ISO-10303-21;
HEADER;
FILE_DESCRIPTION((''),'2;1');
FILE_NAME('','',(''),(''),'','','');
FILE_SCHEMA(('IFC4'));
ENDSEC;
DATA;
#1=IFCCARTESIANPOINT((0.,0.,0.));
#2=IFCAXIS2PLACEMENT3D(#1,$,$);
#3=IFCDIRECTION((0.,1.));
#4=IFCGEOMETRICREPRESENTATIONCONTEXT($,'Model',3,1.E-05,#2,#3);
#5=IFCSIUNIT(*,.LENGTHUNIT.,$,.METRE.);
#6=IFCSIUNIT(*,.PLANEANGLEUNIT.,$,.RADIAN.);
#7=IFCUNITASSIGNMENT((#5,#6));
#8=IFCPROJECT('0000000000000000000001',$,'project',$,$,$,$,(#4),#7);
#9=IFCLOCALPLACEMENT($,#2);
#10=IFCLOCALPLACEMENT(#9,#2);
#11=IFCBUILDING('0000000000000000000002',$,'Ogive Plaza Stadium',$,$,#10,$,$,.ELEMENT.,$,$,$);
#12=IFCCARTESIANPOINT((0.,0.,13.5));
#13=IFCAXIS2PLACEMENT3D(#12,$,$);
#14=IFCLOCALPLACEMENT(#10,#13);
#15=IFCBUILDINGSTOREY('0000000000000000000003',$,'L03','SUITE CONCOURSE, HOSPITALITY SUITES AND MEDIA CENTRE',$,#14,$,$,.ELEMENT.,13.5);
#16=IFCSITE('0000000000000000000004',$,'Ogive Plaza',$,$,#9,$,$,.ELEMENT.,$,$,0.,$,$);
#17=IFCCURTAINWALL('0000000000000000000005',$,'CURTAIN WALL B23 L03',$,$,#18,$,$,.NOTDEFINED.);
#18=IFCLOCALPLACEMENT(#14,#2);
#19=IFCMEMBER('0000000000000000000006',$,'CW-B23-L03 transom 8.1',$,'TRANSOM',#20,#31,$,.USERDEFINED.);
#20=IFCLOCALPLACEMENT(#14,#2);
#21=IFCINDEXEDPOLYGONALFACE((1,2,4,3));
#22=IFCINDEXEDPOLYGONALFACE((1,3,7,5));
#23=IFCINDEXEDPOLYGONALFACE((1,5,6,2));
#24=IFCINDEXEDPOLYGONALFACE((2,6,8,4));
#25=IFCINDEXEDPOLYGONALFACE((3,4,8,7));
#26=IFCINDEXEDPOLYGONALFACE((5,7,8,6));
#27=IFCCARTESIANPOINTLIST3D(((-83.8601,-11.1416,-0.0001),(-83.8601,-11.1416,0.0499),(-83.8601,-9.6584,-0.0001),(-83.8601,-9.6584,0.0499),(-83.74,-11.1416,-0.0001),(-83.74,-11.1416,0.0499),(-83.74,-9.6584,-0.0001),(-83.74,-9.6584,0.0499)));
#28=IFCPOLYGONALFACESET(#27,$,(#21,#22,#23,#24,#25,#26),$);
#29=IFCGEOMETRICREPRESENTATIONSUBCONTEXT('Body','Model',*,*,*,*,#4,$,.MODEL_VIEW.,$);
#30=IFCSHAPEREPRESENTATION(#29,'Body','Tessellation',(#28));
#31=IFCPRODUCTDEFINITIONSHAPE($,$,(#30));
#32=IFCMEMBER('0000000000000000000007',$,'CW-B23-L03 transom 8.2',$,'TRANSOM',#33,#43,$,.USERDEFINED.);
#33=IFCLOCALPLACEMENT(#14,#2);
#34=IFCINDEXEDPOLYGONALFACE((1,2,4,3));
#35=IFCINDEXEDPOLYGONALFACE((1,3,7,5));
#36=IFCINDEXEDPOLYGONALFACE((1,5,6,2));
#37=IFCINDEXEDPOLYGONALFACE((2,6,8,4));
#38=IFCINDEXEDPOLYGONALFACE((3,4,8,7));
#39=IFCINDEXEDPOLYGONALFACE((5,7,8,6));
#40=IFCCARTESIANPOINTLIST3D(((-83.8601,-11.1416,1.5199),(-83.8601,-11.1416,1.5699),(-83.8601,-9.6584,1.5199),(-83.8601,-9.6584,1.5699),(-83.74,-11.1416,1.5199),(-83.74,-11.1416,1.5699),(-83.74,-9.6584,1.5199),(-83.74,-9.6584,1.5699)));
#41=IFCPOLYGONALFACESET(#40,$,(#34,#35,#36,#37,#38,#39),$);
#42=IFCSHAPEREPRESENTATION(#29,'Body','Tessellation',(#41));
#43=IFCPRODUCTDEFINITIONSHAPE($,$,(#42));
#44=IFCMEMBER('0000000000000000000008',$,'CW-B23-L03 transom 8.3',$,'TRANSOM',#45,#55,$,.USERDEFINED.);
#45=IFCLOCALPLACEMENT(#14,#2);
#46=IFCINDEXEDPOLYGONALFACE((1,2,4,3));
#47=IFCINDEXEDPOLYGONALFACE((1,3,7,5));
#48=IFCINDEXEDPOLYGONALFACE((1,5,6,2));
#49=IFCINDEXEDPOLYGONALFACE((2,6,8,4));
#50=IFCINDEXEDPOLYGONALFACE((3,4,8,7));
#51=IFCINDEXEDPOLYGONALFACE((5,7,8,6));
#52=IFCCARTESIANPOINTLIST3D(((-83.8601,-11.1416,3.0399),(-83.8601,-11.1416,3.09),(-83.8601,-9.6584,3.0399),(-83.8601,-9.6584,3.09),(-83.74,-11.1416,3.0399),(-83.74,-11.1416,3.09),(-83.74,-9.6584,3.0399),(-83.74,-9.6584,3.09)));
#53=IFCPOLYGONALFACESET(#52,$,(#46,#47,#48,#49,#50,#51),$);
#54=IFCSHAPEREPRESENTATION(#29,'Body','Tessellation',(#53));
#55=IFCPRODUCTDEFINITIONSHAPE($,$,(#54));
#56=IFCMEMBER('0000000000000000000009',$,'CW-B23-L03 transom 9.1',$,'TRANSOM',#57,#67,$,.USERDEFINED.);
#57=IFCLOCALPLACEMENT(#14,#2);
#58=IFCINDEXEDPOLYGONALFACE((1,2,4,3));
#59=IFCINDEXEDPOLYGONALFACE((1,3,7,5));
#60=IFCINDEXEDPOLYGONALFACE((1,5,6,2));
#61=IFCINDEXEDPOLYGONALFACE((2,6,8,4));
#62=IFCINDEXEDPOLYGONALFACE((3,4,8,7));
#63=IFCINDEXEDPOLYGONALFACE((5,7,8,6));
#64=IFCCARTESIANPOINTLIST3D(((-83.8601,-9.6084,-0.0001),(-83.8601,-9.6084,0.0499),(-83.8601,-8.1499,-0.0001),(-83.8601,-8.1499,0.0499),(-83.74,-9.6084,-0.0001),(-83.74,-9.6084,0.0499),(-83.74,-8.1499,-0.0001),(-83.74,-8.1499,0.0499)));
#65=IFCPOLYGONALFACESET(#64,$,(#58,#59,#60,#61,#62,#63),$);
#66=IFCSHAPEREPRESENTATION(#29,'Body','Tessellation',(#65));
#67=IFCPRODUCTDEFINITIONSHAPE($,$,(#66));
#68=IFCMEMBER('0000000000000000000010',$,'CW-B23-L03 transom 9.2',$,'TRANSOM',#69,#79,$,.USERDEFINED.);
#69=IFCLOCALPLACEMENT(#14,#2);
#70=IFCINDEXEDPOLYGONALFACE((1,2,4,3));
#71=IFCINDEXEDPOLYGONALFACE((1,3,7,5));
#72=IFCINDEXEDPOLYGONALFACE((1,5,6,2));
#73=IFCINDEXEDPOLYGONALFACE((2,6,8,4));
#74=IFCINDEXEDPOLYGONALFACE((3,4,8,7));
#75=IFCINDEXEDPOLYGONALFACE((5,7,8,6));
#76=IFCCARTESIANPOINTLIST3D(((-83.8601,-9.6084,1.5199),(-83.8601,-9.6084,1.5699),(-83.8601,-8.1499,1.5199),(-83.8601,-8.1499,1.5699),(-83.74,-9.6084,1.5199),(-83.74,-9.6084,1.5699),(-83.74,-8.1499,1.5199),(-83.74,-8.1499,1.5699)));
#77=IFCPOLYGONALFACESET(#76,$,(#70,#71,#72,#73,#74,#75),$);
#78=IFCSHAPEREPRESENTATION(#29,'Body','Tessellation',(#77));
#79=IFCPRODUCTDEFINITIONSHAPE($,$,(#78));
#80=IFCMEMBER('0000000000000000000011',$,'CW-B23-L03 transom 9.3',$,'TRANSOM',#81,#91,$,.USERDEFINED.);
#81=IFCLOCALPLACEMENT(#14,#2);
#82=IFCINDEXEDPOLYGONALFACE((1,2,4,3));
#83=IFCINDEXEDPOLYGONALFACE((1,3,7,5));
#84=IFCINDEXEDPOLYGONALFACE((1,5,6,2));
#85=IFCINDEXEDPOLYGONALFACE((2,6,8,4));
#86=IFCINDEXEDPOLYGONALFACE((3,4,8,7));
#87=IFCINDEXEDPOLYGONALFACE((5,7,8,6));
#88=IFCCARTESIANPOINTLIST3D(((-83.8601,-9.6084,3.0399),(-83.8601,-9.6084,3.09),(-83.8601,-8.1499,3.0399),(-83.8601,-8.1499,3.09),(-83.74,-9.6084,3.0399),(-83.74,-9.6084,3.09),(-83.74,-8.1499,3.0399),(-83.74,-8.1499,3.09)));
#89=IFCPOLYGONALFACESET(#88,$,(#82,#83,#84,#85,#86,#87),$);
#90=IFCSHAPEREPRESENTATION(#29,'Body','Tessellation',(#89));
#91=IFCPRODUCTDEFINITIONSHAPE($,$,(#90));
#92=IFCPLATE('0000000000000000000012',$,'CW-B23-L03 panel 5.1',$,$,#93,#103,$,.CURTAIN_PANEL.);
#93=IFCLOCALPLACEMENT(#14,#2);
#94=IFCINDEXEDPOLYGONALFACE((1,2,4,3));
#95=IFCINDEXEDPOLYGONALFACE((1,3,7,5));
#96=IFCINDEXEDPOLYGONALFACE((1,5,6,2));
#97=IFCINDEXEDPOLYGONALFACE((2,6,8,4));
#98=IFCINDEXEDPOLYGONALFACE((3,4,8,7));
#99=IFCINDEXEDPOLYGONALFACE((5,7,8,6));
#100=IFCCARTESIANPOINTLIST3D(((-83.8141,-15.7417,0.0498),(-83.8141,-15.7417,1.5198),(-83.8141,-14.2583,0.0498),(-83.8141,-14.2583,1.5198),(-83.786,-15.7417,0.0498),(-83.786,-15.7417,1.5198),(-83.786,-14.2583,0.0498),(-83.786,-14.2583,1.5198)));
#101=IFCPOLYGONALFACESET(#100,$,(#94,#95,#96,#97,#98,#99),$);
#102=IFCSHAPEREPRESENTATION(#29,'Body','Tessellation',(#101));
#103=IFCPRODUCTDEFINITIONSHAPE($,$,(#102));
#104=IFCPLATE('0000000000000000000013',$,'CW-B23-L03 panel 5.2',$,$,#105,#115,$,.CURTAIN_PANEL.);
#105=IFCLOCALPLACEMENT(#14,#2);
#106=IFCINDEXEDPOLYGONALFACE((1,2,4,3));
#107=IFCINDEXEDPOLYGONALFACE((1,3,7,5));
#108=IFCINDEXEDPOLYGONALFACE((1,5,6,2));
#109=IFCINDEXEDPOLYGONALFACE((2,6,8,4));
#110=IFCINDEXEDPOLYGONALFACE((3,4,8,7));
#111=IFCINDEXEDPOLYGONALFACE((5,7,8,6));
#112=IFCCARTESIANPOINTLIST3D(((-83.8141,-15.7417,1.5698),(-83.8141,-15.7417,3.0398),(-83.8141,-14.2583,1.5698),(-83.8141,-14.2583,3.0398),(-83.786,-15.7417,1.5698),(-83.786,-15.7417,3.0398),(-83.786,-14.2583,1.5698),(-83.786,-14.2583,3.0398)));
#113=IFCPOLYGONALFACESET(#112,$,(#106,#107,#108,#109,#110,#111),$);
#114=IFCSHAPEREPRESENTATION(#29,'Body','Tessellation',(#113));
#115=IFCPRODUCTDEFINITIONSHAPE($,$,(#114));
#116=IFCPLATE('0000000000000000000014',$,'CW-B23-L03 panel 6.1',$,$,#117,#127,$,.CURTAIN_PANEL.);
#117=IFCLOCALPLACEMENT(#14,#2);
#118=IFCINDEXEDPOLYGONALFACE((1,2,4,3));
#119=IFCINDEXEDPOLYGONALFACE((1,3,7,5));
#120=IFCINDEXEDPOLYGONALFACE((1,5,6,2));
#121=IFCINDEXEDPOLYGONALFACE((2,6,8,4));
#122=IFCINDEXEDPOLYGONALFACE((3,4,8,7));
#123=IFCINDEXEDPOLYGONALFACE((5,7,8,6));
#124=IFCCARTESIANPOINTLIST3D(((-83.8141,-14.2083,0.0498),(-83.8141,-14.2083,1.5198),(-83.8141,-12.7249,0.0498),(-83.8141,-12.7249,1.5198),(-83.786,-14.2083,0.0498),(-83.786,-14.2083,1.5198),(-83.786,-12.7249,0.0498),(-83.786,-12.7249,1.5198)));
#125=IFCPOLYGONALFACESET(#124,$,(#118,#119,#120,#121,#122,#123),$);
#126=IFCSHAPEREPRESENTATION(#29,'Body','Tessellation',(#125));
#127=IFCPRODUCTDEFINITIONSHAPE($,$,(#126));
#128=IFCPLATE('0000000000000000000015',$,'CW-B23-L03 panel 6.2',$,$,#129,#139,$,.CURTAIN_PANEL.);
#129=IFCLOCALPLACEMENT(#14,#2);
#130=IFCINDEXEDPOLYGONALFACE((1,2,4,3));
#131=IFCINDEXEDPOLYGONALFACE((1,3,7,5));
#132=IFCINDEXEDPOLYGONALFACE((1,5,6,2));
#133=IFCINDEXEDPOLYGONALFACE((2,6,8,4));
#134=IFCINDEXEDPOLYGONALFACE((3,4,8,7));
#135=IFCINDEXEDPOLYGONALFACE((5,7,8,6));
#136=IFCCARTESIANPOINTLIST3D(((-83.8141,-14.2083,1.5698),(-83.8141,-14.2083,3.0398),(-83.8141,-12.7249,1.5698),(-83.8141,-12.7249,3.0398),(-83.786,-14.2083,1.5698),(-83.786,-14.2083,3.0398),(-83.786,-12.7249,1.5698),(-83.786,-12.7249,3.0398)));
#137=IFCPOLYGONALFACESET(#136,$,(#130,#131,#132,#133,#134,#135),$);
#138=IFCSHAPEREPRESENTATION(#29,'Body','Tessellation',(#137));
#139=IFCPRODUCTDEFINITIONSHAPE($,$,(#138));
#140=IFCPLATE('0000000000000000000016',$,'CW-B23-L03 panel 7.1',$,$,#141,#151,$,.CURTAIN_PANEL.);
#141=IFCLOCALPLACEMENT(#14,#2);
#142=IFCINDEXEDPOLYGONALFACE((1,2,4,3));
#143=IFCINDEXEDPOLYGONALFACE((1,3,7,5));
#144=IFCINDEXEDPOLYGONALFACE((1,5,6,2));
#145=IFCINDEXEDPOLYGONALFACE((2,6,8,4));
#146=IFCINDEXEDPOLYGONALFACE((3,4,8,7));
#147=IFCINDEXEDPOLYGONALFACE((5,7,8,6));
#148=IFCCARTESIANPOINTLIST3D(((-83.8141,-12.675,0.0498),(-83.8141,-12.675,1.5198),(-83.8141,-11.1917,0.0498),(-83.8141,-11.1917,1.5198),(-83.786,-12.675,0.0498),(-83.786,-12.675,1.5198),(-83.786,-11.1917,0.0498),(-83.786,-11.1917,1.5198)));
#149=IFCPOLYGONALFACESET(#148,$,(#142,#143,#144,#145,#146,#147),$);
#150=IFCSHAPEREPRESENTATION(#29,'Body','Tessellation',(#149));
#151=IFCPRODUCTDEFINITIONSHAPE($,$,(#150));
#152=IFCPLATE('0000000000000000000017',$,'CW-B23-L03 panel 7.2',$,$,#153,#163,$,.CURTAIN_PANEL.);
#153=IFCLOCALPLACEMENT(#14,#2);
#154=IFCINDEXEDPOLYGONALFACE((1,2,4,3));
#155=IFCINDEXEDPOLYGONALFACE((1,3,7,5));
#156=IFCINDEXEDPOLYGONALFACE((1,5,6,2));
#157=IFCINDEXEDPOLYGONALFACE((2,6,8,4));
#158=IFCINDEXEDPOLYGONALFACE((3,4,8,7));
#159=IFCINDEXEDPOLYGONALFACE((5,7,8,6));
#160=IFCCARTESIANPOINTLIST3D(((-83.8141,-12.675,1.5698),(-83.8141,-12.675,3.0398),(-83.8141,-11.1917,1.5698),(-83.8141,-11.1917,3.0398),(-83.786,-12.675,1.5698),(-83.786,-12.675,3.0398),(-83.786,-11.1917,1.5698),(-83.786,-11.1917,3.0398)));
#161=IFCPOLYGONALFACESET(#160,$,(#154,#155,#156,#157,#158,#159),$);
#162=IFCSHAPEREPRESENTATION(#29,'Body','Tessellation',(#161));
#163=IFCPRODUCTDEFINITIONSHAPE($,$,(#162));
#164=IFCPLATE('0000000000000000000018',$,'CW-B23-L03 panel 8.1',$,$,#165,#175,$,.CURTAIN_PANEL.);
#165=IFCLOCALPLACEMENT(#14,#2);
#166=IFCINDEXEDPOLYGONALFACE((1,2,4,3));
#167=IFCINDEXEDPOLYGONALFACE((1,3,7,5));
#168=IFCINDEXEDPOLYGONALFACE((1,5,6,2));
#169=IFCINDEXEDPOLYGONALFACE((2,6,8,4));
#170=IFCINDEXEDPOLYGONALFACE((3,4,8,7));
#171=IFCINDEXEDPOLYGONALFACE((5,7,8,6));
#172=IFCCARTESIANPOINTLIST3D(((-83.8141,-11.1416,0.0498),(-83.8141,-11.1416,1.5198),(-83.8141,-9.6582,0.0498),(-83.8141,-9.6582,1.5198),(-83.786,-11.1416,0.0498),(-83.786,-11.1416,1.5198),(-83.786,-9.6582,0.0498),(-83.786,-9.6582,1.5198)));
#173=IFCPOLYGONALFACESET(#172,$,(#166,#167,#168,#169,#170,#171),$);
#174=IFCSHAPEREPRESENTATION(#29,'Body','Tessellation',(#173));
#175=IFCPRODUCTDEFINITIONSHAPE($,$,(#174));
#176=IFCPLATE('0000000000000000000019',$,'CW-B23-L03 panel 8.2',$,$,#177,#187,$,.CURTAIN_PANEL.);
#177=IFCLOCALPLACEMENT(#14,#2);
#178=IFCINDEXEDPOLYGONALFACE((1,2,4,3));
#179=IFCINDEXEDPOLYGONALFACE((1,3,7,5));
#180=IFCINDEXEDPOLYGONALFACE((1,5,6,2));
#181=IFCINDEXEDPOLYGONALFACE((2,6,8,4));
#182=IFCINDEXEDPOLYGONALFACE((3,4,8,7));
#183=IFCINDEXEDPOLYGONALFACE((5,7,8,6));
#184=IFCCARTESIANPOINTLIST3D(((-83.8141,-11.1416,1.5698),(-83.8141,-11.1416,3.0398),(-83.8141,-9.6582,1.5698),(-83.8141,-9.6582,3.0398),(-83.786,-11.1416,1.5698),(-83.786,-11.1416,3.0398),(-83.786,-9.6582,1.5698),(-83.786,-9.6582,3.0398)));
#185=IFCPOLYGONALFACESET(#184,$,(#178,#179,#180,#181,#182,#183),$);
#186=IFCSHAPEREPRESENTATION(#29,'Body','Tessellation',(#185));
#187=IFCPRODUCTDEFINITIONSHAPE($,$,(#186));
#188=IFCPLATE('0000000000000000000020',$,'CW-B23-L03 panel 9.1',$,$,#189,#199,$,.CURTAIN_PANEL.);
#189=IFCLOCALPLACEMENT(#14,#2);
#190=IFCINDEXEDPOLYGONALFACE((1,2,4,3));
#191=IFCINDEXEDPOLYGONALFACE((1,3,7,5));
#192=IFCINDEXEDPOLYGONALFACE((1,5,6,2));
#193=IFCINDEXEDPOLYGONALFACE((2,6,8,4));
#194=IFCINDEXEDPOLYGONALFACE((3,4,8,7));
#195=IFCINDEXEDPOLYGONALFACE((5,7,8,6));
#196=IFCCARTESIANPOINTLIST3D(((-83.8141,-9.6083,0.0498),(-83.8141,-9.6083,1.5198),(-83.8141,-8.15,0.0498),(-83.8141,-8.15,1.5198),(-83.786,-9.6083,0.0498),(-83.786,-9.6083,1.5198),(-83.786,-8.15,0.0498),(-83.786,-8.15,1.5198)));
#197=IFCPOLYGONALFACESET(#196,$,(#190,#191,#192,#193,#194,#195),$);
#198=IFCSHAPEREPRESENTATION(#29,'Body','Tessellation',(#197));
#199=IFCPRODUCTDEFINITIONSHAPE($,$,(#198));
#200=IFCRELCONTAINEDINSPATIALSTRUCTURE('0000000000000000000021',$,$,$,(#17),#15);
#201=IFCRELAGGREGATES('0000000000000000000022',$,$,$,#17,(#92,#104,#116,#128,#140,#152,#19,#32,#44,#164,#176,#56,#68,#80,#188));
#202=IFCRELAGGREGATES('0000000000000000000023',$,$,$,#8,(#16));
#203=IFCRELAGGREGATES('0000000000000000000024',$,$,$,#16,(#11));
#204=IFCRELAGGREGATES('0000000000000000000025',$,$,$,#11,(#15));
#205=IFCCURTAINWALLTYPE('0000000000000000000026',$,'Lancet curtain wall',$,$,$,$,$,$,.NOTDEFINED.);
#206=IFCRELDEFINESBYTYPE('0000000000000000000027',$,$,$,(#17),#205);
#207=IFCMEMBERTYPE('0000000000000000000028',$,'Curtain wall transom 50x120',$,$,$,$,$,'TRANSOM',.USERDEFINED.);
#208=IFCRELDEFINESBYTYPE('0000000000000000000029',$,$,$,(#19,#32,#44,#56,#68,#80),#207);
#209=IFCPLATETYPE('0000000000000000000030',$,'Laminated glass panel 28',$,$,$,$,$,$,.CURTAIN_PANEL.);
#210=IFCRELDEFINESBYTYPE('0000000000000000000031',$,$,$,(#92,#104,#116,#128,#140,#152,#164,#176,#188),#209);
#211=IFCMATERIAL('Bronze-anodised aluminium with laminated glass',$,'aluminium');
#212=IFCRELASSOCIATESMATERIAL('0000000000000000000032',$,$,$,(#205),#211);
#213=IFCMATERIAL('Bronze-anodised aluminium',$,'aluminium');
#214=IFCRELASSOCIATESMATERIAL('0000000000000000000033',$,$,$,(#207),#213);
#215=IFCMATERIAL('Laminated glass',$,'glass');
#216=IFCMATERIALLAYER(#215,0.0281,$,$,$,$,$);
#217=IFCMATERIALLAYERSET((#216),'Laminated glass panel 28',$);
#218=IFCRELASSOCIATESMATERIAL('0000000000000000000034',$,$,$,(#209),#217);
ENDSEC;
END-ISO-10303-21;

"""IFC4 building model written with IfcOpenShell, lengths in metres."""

from ifc_helpers import new_model, si_unit, direction, frame, origin, origin_2d, place, context, subcontext, project, spatial, rectangle, extrude, material, layer, layer_set, material_profile, profile_set, type_object, element, aggregate, save


model = new_model("IFC4")

# Units and contexts
model_context = context("Model", 3, precision=1e-05, world=origin(), true_north=direction((0.0, 1.0)))
body_context = subcontext(model_context, "Body", "Model", "MODEL_VIEW")
ifc_project = project(units=[si_unit("LENGTHUNIT", "METRE"), si_unit("PLANEANGLEUNIT", "RADIAN")], contexts=[model_context])

# Site, building, storey
site_placement = place(None, origin())
site = spatial("IfcSite", under=ifc_project, at=site_placement, Name="Ogive Plaza", CompositionType="ELEMENT", RefElevation=0.0)
building_placement = place(site_placement, origin())
building = spatial("IfcBuilding", under=site, at=building_placement, Name="Ogive Plaza Stadium", CompositionType="ELEMENT")
storey_placement = place(building_placement, frame((0.0, 0.0, 13.5)))
storey = spatial("IfcBuildingStorey", under=building, at=storey_placement, Name="L03", Description="SUITE CONCOURSE, HOSPITALITY SUITES AND MEDIA CENTRE", CompositionType="ELEMENT", Elevation=13.5)

# Curtain wall, members, plates
ifc_material_1 = material(Name="Bronze-anodised aluminium with laminated glass", Category="aluminium")
curtain_wall_type = type_object("IfcCurtainWallType", Name="Lancet curtain wall", PredefinedType="NOTDEFINED", material=ifc_material_1)
curtain_wall_placement = place(storey_placement, origin())
curtain_wall = element("IfcCurtainWall", 1, at=curtain_wall_placement, inside=storey, type_object=curtain_wall_type, Name="CURTAIN WALL B23 L03", PredefinedType="NOTDEFINED")
ifc_material_2 = material(Name="Bronze-anodised aluminium", Category="aluminium")
ifc_material_profile_1 = material_profile(ifc_material_2, rectangle(XDim=0.1201, YDim=0.05, at=origin_2d()), Name="AL 120x50")
ifc_profile_set_1 = profile_set([ifc_material_profile_1], Name="Bronze-anodised aluminium")
member_type_1 = type_object("IfcMemberType", Name="Curtain wall transom 50x120", ElementType="TRANSOM", PredefinedType="USERDEFINED", material=ifc_profile_set_1)
member_1_placement = place(storey_placement, frame((-83.8, -11.1416, 0.0249), z_axis=(0.0, 1.0, 0.0), x_axis=(-1.0, 0.0, 0.0)))
member_1 = element("IfcMember", 2, at=member_1_placement, type_object=member_type_1, Name="CW-B23-L03 transom 8.1", ObjectType="TRANSOM", PredefinedType="USERDEFINED", context=body_context, shape_type="SweptSolid", body=[
    extrude(rectangle(XDim=0.1201, YDim=0.05, at=origin_2d()), origin(), (0.0, 0.0, 1.0), 1.4832),
])
member_2_placement = place(storey_placement, frame((-83.8, -11.1416, 1.5449), z_axis=(0.0, 1.0, 0.0), x_axis=(-1.0, 0.0, 0.0)))
member_2 = element("IfcMember", 3, at=member_2_placement, type_object=member_type_1, Name="CW-B23-L03 transom 8.2", ObjectType="TRANSOM", PredefinedType="USERDEFINED", context=body_context, shape_type="SweptSolid", body=[
    extrude(rectangle(XDim=0.1201, YDim=0.05, at=origin_2d()), origin(), (0.0, 0.0, 1.0), 1.4832),
])
member_3_placement = place(storey_placement, frame((-83.8, -11.1416, 3.0649), z_axis=(0.0, 1.0, 0.0), x_axis=(-1.0, 0.0, 0.0)))
member_3 = element("IfcMember", 4, at=member_3_placement, type_object=member_type_1, Name="CW-B23-L03 transom 8.3", ObjectType="TRANSOM", PredefinedType="USERDEFINED", context=body_context, shape_type="SweptSolid", body=[
    extrude(rectangle(XDim=0.1201, YDim=0.05, at=origin_2d()), origin(), (0.0, 0.0, 1.0), 1.4832),
])
member_4_placement = place(storey_placement, frame((-83.8, -9.6084, 0.0249), z_axis=(0.0, 1.0, 0.0), x_axis=(-1.0, 0.0, 0.0)))
member_4 = element("IfcMember", 5, at=member_4_placement, type_object=member_type_1, Name="CW-B23-L03 transom 9.1", ObjectType="TRANSOM", PredefinedType="USERDEFINED", context=body_context, shape_type="SweptSolid", body=[
    extrude(rectangle(XDim=0.1201, YDim=0.05, at=origin_2d()), origin(), (0.0, 0.0, 1.0), 1.4585),
])
member_5_placement = place(storey_placement, frame((-83.8, -9.6084, 1.5449), z_axis=(0.0, 1.0, 0.0), x_axis=(-1.0, 0.0, 0.0)))
member_5 = element("IfcMember", 6, at=member_5_placement, type_object=member_type_1, Name="CW-B23-L03 transom 9.2", ObjectType="TRANSOM", PredefinedType="USERDEFINED", context=body_context, shape_type="SweptSolid", body=[
    extrude(rectangle(XDim=0.1201, YDim=0.05, at=origin_2d()), origin(), (0.0, 0.0, 1.0), 1.4585),
])
member_6_placement = place(storey_placement, frame((-83.8, -9.6084, 3.0649), z_axis=(0.0, 1.0, 0.0), x_axis=(-1.0, 0.0, 0.0)))
member_6 = element("IfcMember", 7, at=member_6_placement, type_object=member_type_1, Name="CW-B23-L03 transom 9.3", ObjectType="TRANSOM", PredefinedType="USERDEFINED", context=body_context, shape_type="SweptSolid", body=[
    extrude(rectangle(XDim=0.1201, YDim=0.05, at=origin_2d()), origin(), (0.0, 0.0, 1.0), 1.4585),
])
ifc_material_3 = material(Name="Laminated glass", Category="glass")
ifc_layer_1 = layer(ifc_material_3, 0.0281)
ifc_layer_set_1 = layer_set([ifc_layer_1], Name="Laminated glass panel 28")
plate_type = type_object("IfcPlateType", Name="Laminated glass panel 28", PredefinedType="CURTAIN_PANEL", material=ifc_layer_set_1)
plate_1_placement = place(storey_placement, frame((-83.8, -15.0, 0.0498), z_axis=(0.0, 0.0, 1.0), x_axis=(0.0, 1.0, 0.0)))
plate_1 = element("IfcPlate", 8, at=plate_1_placement, type_object=plate_type, Name="CW-B23-L03 panel 5.1", PredefinedType="CURTAIN_PANEL", context=body_context, shape_type="SweptSolid", body=[
    extrude(rectangle(XDim=1.4834, YDim=0.0281, at=origin_2d()), origin(), (0.0, 0.0, 1.0), 1.47),
])
plate_2_placement = place(storey_placement, frame((-83.8, -15.0, 1.5698), z_axis=(0.0, 0.0, 1.0), x_axis=(0.0, 1.0, 0.0)))
plate_2 = element("IfcPlate", 9, at=plate_2_placement, type_object=plate_type, Name="CW-B23-L03 panel 5.2", PredefinedType="CURTAIN_PANEL", context=body_context, shape_type="SweptSolid", body=[
    extrude(rectangle(XDim=1.4834, YDim=0.0281, at=origin_2d()), origin(), (0.0, 0.0, 1.0), 1.47),
])
plate_3_placement = place(storey_placement, frame((-83.8, -13.4666, 0.0498), z_axis=(0.0, 0.0, 1.0), x_axis=(0.0, 1.0, 0.0)))
plate_3 = element("IfcPlate", 10, at=plate_3_placement, type_object=plate_type, Name="CW-B23-L03 panel 6.1", PredefinedType="CURTAIN_PANEL", context=body_context, shape_type="SweptSolid", body=[
    extrude(rectangle(XDim=1.4834, YDim=0.0281, at=origin_2d()), origin(), (0.0, 0.0, 1.0), 1.47),
])
plate_4_placement = place(storey_placement, frame((-83.8, -13.4666, 1.5698), z_axis=(0.0, 0.0, 1.0), x_axis=(0.0, 1.0, 0.0)))
plate_4 = element("IfcPlate", 11, at=plate_4_placement, type_object=plate_type, Name="CW-B23-L03 panel 6.2", PredefinedType="CURTAIN_PANEL", context=body_context, shape_type="SweptSolid", body=[
    extrude(rectangle(XDim=1.4834, YDim=0.0281, at=origin_2d()), origin(), (0.0, 0.0, 1.0), 1.47),
])
plate_5_placement = place(storey_placement, frame((-83.8, -11.9333, 0.0498), z_axis=(0.0, 0.0, 1.0), x_axis=(0.0, 1.0, 0.0)))
plate_5 = element("IfcPlate", 12, at=plate_5_placement, type_object=plate_type, Name="CW-B23-L03 panel 7.1", PredefinedType="CURTAIN_PANEL", context=body_context, shape_type="SweptSolid", body=[
    extrude(rectangle(XDim=1.4834, YDim=0.0281, at=origin_2d()), origin(), (0.0, 0.0, 1.0), 1.47),
])
plate_6_placement = place(storey_placement, frame((-83.8, -11.9333, 1.5698), z_axis=(0.0, 0.0, 1.0), x_axis=(0.0, 1.0, 0.0)))
plate_6 = element("IfcPlate", 13, at=plate_6_placement, type_object=plate_type, Name="CW-B23-L03 panel 7.2", PredefinedType="CURTAIN_PANEL", context=body_context, shape_type="SweptSolid", body=[
    extrude(rectangle(XDim=1.4834, YDim=0.0281, at=origin_2d()), origin(), (0.0, 0.0, 1.0), 1.47),
])
plate_7_placement = place(storey_placement, frame((-83.8, -10.3999, 0.0498), z_axis=(0.0, 0.0, 1.0), x_axis=(0.0, 1.0, 0.0)))
plate_7 = element("IfcPlate", 14, at=plate_7_placement, type_object=plate_type, Name="CW-B23-L03 panel 8.1", PredefinedType="CURTAIN_PANEL", context=body_context, shape_type="SweptSolid", body=[
    extrude(rectangle(XDim=1.4834, YDim=0.0281, at=origin_2d()), origin(), (0.0, 0.0, 1.0), 1.47),
])
plate_8_placement = place(storey_placement, frame((-83.8, -10.3999, 1.5698), z_axis=(0.0, 0.0, 1.0), x_axis=(0.0, 1.0, 0.0)))
plate_8 = element("IfcPlate", 15, at=plate_8_placement, type_object=plate_type, Name="CW-B23-L03 panel 8.2", PredefinedType="CURTAIN_PANEL", context=body_context, shape_type="SweptSolid", body=[
    extrude(rectangle(XDim=1.4834, YDim=0.0281, at=origin_2d()), origin(), (0.0, 0.0, 1.0), 1.47),
])
plate_9_placement = place(storey_placement, frame((-83.8, -8.8792, 0.0498), z_axis=(0.0, 0.0, 1.0), x_axis=(0.0, 1.0, 0.0)))
plate_9 = element("IfcPlate", 16, at=plate_9_placement, type_object=plate_type, Name="CW-B23-L03 panel 9.1", PredefinedType="CURTAIN_PANEL", context=body_context, shape_type="SweptSolid", body=[
    extrude(rectangle(XDim=1.4583, YDim=0.0281, at=origin_2d()), origin(), (0.0, 0.0, 1.0), 1.47),
])
aggregate(curtain_wall, [plate_1, plate_2, plate_3, plate_4, plate_5, plate_6, member_1, member_2, member_3, plate_7, plate_8, member_4, member_5, member_6, plate_9])

save(model, "model.ifc")
